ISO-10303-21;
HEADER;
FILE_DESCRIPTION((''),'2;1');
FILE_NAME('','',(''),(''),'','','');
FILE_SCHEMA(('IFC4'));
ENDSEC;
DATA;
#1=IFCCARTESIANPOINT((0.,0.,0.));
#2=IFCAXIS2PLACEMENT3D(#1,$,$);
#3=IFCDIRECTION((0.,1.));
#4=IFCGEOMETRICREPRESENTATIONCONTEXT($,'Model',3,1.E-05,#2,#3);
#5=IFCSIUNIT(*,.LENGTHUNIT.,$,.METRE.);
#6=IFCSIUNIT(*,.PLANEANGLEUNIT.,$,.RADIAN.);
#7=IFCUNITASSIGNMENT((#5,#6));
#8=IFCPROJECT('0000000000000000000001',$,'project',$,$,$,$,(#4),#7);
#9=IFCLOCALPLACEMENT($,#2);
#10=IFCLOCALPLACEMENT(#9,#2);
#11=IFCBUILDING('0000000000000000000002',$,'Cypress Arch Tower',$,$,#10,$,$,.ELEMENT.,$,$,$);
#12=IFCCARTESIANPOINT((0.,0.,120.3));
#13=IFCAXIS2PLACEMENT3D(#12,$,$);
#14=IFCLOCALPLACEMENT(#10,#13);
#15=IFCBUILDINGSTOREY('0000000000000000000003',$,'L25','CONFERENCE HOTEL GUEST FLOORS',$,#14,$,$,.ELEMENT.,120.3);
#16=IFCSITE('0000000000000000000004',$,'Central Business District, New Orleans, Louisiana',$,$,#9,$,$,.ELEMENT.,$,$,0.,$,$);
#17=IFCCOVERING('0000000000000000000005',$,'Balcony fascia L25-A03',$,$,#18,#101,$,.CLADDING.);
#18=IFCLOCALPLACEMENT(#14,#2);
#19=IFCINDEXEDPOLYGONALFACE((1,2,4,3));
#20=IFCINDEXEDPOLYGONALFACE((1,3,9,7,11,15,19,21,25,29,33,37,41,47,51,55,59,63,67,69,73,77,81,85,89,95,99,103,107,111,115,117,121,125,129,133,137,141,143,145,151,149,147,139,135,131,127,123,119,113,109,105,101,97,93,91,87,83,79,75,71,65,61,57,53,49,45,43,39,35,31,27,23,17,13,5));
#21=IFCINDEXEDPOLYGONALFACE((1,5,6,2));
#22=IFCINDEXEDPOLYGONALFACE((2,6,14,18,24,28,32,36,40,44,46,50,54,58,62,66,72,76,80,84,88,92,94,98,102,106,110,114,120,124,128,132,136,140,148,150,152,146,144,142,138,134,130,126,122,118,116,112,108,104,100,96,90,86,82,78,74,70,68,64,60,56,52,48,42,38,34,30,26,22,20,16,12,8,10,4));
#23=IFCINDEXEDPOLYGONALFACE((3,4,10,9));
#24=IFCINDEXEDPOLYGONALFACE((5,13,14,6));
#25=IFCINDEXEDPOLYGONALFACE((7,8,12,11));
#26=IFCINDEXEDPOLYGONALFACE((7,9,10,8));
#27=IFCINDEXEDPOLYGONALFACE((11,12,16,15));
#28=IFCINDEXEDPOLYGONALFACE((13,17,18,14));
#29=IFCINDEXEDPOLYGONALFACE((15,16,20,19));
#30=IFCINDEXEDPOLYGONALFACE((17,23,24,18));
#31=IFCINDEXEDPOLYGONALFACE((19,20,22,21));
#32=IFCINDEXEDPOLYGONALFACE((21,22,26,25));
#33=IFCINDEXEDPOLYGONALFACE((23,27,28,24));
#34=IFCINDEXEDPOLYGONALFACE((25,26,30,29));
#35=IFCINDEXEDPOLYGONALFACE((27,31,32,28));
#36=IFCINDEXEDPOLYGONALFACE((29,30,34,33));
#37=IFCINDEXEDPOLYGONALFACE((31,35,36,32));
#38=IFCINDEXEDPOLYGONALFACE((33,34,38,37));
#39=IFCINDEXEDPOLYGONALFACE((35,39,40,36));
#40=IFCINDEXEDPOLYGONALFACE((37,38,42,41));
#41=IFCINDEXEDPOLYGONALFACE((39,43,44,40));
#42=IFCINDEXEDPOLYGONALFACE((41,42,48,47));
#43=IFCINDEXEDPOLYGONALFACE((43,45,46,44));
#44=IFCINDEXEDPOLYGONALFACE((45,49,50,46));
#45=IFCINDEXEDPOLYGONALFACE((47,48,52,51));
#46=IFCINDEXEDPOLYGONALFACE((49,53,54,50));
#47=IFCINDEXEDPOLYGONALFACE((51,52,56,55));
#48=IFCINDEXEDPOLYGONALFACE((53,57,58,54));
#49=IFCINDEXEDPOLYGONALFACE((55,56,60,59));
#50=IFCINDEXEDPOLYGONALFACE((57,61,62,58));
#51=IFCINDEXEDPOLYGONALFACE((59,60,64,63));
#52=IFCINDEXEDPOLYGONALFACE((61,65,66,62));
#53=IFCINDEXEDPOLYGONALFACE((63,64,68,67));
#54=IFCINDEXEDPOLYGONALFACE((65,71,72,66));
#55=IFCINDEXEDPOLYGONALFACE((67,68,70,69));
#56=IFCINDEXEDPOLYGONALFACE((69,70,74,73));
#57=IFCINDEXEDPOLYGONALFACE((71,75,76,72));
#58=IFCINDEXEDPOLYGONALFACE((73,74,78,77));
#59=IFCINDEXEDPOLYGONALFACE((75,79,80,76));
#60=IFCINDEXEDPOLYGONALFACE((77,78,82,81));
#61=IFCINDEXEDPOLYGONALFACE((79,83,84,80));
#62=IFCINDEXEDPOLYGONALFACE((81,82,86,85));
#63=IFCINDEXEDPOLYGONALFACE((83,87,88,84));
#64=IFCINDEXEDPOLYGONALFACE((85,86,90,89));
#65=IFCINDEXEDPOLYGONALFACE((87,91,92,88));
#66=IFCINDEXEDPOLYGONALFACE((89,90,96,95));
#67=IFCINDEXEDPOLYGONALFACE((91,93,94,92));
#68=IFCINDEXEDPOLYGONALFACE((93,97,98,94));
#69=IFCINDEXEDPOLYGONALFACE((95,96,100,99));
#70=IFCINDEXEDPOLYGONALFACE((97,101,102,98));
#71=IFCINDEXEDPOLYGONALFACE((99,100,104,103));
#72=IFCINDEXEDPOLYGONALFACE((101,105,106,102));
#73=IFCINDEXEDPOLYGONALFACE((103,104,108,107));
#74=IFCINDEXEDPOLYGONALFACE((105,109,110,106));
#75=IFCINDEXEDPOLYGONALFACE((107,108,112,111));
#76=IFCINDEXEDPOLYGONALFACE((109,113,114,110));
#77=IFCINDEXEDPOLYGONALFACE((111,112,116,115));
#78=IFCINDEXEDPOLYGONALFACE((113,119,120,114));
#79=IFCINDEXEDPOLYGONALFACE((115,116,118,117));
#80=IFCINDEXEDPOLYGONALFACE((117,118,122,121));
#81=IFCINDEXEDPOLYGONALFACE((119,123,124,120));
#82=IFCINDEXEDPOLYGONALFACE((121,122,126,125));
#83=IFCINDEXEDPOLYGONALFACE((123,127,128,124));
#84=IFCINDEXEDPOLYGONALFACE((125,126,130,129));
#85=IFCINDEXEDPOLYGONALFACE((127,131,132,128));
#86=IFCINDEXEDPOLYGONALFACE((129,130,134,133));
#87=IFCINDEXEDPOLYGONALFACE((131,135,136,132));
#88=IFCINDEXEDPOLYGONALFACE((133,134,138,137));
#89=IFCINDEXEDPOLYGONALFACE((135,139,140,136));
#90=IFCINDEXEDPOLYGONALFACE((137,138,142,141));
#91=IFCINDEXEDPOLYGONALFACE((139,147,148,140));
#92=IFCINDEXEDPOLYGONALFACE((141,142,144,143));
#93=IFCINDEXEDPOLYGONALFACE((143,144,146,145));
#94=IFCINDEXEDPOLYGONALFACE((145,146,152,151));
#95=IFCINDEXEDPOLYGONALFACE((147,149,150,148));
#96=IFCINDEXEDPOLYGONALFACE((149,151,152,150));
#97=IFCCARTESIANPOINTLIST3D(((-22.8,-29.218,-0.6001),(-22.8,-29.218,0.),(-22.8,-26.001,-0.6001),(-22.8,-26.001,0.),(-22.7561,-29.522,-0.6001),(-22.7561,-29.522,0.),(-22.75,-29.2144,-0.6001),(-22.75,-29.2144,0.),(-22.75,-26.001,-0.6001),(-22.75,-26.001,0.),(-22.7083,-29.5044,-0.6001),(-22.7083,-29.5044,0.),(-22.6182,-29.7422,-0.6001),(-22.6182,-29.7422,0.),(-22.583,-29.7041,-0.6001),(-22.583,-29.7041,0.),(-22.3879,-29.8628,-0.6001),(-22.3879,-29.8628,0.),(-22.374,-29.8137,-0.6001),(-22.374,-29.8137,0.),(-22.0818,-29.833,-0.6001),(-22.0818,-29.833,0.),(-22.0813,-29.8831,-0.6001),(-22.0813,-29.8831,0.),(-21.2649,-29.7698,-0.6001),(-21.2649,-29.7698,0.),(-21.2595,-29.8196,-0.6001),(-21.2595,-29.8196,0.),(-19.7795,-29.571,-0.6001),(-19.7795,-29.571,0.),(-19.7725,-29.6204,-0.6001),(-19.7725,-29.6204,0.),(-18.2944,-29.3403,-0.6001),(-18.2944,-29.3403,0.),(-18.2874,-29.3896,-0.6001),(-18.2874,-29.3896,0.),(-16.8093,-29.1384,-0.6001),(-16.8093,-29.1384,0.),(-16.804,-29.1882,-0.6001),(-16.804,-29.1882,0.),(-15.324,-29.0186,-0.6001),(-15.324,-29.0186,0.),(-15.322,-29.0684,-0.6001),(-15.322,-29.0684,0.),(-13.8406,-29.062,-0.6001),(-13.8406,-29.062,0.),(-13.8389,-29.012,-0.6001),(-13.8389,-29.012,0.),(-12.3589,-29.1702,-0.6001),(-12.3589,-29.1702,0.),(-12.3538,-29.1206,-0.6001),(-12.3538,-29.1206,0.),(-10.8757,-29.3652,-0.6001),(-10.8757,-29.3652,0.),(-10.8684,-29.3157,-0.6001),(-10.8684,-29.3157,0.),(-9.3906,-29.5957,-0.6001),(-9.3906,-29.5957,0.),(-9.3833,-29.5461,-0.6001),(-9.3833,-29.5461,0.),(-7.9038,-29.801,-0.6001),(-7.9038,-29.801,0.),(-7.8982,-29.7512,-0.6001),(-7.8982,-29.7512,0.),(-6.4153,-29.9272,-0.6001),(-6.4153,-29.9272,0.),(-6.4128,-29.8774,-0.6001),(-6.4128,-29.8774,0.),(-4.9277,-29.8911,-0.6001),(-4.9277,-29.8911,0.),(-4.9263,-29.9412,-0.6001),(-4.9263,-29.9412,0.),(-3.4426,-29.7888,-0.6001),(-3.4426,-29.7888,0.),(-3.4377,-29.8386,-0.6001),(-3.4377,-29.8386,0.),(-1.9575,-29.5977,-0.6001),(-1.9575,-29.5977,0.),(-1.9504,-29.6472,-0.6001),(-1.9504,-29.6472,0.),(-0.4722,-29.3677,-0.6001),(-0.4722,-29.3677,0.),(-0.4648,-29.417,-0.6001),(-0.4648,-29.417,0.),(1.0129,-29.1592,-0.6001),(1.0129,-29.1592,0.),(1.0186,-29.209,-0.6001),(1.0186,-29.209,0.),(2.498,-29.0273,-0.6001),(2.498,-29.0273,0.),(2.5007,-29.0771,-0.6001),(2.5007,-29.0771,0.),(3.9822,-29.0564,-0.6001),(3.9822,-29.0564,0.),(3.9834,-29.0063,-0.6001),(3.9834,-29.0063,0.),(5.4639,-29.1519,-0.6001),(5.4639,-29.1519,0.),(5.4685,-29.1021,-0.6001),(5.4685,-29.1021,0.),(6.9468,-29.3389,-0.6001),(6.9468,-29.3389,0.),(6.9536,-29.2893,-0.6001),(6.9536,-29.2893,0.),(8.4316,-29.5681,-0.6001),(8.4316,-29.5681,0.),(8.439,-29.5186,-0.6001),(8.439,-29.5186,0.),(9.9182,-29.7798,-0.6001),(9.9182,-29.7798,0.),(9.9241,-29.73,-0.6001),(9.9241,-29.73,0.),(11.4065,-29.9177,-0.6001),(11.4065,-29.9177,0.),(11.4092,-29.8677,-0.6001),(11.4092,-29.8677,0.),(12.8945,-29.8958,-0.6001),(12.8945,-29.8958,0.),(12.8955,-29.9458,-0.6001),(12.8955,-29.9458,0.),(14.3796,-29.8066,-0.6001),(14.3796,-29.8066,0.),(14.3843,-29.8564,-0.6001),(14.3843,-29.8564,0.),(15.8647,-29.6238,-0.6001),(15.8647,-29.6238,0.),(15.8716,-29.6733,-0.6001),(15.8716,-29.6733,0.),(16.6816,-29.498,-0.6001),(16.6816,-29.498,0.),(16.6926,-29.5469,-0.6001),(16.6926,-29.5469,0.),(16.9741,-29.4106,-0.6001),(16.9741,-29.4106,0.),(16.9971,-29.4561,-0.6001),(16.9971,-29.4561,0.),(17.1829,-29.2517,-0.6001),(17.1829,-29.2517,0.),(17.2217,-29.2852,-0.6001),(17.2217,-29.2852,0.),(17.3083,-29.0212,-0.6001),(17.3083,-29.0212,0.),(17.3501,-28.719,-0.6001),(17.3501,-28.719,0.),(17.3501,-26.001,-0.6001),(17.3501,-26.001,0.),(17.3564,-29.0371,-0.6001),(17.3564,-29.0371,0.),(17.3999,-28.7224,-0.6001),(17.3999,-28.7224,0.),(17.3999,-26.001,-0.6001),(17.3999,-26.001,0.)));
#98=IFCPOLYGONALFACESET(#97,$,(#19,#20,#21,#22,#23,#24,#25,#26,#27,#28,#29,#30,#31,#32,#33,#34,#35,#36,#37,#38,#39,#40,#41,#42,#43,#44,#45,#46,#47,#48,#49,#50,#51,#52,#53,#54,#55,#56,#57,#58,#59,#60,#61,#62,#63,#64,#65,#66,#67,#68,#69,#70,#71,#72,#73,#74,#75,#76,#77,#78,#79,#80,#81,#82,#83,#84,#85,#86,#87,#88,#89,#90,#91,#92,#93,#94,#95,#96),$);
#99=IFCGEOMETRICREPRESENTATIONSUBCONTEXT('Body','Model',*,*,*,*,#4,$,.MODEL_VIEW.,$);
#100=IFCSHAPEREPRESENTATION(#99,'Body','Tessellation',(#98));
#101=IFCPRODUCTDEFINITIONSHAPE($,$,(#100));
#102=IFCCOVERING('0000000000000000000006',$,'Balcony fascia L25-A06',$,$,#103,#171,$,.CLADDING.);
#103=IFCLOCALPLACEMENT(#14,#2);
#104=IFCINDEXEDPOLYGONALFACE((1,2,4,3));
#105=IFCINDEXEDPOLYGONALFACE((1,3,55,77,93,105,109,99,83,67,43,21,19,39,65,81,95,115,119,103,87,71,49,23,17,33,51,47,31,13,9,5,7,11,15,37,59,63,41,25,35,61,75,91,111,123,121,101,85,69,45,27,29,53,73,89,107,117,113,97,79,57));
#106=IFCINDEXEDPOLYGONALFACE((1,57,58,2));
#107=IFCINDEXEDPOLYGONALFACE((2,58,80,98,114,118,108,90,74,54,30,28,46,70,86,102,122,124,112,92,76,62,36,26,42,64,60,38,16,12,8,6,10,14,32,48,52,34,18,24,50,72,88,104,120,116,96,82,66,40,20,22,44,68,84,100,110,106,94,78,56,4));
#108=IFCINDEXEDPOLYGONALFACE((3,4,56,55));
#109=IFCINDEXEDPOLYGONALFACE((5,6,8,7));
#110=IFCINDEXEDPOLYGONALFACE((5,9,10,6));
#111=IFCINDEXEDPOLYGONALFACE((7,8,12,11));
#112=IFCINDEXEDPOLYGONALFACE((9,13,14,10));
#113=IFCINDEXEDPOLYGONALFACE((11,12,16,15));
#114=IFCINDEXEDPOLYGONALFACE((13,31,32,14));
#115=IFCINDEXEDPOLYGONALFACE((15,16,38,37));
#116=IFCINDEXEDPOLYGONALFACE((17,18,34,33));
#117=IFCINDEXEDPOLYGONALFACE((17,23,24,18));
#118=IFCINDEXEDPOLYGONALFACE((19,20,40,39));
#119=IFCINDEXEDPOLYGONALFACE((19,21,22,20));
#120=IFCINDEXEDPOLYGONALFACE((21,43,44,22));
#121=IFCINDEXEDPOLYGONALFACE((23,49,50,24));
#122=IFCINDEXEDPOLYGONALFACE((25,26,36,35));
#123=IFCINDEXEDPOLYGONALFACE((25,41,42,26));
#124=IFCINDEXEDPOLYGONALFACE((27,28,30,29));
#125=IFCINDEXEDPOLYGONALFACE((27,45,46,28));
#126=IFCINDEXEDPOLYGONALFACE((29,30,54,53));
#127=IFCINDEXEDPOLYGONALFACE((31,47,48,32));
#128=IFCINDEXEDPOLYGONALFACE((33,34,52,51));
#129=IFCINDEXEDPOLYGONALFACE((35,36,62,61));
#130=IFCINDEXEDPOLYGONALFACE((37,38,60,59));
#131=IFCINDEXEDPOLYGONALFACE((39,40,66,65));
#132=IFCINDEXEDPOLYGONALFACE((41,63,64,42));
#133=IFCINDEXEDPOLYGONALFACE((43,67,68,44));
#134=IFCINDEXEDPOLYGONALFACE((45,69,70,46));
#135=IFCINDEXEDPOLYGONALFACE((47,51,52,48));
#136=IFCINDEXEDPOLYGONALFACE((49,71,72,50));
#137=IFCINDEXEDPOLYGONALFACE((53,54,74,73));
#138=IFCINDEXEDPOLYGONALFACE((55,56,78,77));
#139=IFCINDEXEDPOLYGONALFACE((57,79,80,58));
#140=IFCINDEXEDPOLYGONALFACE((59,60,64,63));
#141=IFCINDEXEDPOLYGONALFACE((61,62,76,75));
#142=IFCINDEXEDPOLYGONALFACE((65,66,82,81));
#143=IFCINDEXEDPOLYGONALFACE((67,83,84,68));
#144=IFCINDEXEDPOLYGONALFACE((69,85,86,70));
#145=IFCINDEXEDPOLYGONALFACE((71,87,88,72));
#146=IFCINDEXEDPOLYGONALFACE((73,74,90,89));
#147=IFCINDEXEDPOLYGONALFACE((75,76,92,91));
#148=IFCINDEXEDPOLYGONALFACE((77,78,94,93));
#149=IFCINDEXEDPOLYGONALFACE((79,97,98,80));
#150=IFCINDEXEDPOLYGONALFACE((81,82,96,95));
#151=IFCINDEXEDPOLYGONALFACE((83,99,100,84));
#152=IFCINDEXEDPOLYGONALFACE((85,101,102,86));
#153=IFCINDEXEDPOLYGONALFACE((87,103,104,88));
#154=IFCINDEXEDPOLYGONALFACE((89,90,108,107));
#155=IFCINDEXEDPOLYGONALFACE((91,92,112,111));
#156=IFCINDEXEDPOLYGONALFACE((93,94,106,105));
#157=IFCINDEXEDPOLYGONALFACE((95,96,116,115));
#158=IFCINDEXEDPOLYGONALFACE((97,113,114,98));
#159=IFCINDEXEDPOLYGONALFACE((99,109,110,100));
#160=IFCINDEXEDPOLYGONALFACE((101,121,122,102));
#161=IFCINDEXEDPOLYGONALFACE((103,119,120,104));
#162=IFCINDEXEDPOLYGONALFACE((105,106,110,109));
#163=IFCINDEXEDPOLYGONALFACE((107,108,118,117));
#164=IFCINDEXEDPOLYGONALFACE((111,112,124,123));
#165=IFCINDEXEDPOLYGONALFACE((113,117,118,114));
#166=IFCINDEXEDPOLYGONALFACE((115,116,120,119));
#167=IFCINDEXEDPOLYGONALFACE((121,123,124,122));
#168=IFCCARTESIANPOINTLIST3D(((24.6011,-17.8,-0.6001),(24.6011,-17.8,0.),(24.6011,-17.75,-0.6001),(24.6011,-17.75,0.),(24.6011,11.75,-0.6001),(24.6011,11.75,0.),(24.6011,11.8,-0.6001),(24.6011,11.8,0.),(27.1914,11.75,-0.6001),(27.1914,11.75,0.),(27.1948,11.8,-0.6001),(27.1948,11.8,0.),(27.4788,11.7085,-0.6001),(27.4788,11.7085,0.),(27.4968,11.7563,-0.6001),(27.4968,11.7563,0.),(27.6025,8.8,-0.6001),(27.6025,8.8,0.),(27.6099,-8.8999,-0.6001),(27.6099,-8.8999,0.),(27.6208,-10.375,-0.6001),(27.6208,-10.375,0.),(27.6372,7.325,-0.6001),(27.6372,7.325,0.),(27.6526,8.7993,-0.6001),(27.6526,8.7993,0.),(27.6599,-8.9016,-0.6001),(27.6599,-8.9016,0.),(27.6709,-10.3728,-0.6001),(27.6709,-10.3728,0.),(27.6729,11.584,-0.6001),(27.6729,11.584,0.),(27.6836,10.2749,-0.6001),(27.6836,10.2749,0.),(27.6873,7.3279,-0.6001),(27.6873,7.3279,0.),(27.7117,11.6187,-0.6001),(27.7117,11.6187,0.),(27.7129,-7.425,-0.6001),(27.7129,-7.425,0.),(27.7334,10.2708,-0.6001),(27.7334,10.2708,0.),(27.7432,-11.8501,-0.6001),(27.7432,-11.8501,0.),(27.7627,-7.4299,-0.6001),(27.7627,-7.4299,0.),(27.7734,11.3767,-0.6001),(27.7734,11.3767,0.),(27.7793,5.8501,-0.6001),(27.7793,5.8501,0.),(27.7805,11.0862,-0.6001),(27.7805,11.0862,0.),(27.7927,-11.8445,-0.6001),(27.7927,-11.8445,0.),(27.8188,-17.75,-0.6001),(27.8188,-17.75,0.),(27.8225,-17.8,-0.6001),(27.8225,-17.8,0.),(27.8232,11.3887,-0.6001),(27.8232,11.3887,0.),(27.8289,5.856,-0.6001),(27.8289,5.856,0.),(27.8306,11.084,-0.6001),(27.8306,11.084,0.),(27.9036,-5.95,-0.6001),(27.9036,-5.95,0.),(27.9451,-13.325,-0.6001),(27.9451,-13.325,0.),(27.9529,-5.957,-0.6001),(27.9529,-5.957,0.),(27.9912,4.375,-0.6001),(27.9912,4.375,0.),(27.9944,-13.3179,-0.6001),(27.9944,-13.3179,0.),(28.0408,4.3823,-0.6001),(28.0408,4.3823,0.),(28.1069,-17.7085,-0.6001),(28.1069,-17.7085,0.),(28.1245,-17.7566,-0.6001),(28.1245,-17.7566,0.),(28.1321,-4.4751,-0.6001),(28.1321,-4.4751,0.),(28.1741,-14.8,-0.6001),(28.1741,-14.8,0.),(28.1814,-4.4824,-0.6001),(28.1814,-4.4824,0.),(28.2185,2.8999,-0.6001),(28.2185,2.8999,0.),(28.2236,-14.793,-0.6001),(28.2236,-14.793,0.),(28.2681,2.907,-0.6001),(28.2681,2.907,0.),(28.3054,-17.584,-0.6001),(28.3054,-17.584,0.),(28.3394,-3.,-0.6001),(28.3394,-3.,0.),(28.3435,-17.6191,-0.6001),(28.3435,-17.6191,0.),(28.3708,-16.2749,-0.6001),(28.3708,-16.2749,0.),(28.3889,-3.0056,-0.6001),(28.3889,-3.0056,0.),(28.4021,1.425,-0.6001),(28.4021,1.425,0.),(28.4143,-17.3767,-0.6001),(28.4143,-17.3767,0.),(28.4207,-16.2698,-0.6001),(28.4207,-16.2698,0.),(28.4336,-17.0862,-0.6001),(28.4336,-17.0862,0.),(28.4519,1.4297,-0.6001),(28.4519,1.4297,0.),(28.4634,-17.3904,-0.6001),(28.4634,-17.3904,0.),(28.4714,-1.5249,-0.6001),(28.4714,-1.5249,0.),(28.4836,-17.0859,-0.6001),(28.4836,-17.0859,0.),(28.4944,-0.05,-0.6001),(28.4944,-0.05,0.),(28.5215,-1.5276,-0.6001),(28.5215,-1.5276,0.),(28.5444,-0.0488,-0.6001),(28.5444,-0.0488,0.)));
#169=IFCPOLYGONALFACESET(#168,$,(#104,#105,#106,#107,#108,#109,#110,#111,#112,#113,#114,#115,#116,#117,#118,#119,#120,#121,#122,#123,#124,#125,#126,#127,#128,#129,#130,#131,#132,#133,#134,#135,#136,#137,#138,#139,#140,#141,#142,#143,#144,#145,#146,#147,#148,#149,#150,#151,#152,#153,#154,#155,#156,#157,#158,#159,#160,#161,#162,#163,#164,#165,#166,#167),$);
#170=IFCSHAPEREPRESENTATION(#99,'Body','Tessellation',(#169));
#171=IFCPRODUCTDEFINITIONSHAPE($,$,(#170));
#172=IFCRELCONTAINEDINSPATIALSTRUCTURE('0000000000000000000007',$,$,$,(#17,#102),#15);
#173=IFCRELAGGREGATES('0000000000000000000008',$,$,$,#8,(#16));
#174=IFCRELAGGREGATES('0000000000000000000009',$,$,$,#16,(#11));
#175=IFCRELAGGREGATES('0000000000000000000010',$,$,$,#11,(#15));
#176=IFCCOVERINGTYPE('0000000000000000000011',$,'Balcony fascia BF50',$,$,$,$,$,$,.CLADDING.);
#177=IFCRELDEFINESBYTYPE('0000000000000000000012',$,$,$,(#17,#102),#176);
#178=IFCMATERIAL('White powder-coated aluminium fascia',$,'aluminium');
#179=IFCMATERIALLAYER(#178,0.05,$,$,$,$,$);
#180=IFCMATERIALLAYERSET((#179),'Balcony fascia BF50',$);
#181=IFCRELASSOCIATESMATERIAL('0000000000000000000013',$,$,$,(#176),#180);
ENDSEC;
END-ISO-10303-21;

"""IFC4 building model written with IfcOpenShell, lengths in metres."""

from ifc_helpers import new_model, si_unit, direction, frame, origin, place, context, subcontext, project, spatial, polyline, outline, extrude, material, layer, layer_set, type_object, element, save


model = new_model("IFC4")

# Units and contexts
model_context = context("Model", 3, precision=1e-05, world=origin(), true_north=direction((0.0, 1.0)))
body_context = subcontext(model_context, "Body", "Model", "MODEL_VIEW")
ifc_project = project(units=[si_unit("LENGTHUNIT", "METRE"), si_unit("PLANEANGLEUNIT", "RADIAN")], contexts=[model_context])

# Site, building, storey
site_placement = place(None, origin())
site = spatial("IfcSite", under=ifc_project, at=site_placement, Name="Central Business District, New Orleans, Louisiana", CompositionType="ELEMENT", RefElevation=0.0)
building_placement = place(site_placement, origin())
building = spatial("IfcBuilding", under=site, at=building_placement, Name="Cypress Arch Tower", CompositionType="ELEMENT")
storey_placement = place(building_placement, frame((0.0, 0.0, 120.3)))
storey = spatial("IfcBuildingStorey", under=building, at=storey_placement, Name="L25", Description="CONFERENCE HOTEL GUEST FLOORS", CompositionType="ELEMENT", Elevation=120.3)

# Coverings
ifc_material_1 = material(Name="White powder-coated aluminium fascia", Category="aluminium")
ifc_layer_1 = layer(ifc_material_1, 0.05)
ifc_layer_set_1 = layer_set([ifc_layer_1], Name="Balcony fascia BF50")
covering_type_1 = type_object("IfcCoveringType", Name="Balcony fascia BF50", PredefinedType="CLADDING", material=ifc_layer_set_1)
covering_1_placement = place(storey_placement, frame((0.0, 0.0, -0.6001)))
element("IfcCovering", 1, at=covering_1_placement, inside=storey, type_object=covering_type_1, Name="Balcony fascia L25-A03", PredefinedType="CLADDING", context=body_context, shape_type="SweptSolid", body=[
    extrude(outline(polyline([(17.3999, -28.7224), (17.3564, -29.0371), (17.2217, -29.2852), (16.9971, -29.4561), (16.6926, -29.5469), (15.8716, -29.6733), (14.3843, -29.8564), (12.8955, -29.9458), (11.4065, -29.9177), (9.9182, -29.7798), (8.4316, -29.5681), (6.9468, -29.3389), (5.4639, -29.1519), (3.9822, -29.0564), (2.5007, -29.0771), (1.0186, -29.209), (-0.4648, -29.417), (-1.9504, -29.6472), (-3.4377, -29.8386), (-4.9263, -29.9412), (-6.4153, -29.9272), (-7.9038, -29.801), (-9.3906, -29.5957), (-10.8757, -29.3652), (-12.3589, -29.1702), (-13.8406, -29.062), (-15.322, -29.0684), (-16.804, -29.1882), (-18.2874, -29.3896), (-19.7725, -29.6204), (-21.2595, -29.8196), (-22.0813, -29.8831), (-22.3879, -29.8628), (-22.6182, -29.7422), (-22.7561, -29.522), (-22.8, -29.218), (-22.8, -26.001), (-22.75, -26.001), (-22.75, -29.2144), (-22.7083, -29.5044), (-22.583, -29.7041), (-22.374, -29.8137), (-22.0818, -29.833), (-21.2649, -29.7698), (-19.7795, -29.571), (-18.2944, -29.3403), (-16.8093, -29.1384), (-15.324, -29.0186), (-13.8389, -29.012), (-12.3538, -29.1206), (-10.8684, -29.3157), (-9.3833, -29.5461), (-7.8982, -29.7512), (-6.4128, -29.8774), (-4.9277, -29.8911), (-3.4426, -29.7888), (-1.9575, -29.5977), (-0.4722, -29.3677), (1.0129, -29.1592), (2.498, -29.0273), (3.9834, -29.0063), (5.4685, -29.1021), (6.9536, -29.2893), (8.439, -29.5186), (9.9241, -29.73), (11.4092, -29.8677), (12.8945, -29.8958), (14.3796, -29.8066), (15.8647, -29.6238), (16.6816, -29.498), (16.9741, -29.4106), (17.1829, -29.2517), (17.3083, -29.0212), (17.3501, -28.719), (17.3501, -26.001), (17.3999, -26.001), (17.3999, -28.7224)])), origin(), (0.0, 0.0, 1.0), 0.6001),
])
covering_2_placement = place(storey_placement, frame((0.0, 0.0, -0.6001)))
element("IfcCovering", 2, at=covering_2_placement, inside=storey, type_object=covering_type_1, Name="Balcony fascia L25-A06", PredefinedType="CLADDING", context=body_context, shape_type="SweptSolid", body=[
    extrude(outline(polyline([(27.1948, 11.8), (27.4968, 11.7563), (27.7117, 11.6187), (27.8232, 11.3887), (27.8306, 11.084), (27.7334, 10.2708), (27.6526, 8.7993), (27.6873, 7.3279), (27.8289, 5.856), (28.0408, 4.3823), (28.2681, 2.907), (28.4519, 1.4297), (28.5444, -0.0488), (28.5215, -1.5276), (28.3889, -3.0056), (28.1814, -4.4824), (27.9529, -5.957), (27.7627, -7.4299), (27.6599, -8.9016), (27.6709, -10.3728), (27.7927, -11.8445), (27.9944, -13.3179), (28.2236, -14.793), (28.4207, -16.2698), (28.4836, -17.0859), (28.4634, -17.3904), (28.3435, -17.6191), (28.1245, -17.7566), (27.8225, -17.8), (24.6011, -17.8), (24.6011, -17.75), (27.8188, -17.75), (28.1069, -17.7085), (28.3054, -17.584), (28.4143, -17.3767), (28.4336, -17.0862), (28.3708, -16.2749), (28.1741, -14.8), (27.9451, -13.325), (27.7432, -11.8501), (27.6208, -10.375), (27.6099, -8.8999), (27.7129, -7.425), (27.9036, -5.95), (28.1321, -4.4751), (28.3394, -3.0), (28.4714, -1.5249), (28.4944, -0.05), (28.4021, 1.425), (28.2185, 2.8999), (27.9912, 4.375), (27.7793, 5.8501), (27.6372, 7.325), (27.6025, 8.8), (27.6836, 10.2749), (27.7805, 11.0862), (27.7734, 11.3767), (27.6729, 11.584), (27.4788, 11.7085), (27.1914, 11.75), (24.6011, 11.75), (24.6011, 11.8), (27.1948, 11.8)])), origin(), (0.0, 0.0, 1.0), 0.6001),
])

save(model, "model.ifc")
